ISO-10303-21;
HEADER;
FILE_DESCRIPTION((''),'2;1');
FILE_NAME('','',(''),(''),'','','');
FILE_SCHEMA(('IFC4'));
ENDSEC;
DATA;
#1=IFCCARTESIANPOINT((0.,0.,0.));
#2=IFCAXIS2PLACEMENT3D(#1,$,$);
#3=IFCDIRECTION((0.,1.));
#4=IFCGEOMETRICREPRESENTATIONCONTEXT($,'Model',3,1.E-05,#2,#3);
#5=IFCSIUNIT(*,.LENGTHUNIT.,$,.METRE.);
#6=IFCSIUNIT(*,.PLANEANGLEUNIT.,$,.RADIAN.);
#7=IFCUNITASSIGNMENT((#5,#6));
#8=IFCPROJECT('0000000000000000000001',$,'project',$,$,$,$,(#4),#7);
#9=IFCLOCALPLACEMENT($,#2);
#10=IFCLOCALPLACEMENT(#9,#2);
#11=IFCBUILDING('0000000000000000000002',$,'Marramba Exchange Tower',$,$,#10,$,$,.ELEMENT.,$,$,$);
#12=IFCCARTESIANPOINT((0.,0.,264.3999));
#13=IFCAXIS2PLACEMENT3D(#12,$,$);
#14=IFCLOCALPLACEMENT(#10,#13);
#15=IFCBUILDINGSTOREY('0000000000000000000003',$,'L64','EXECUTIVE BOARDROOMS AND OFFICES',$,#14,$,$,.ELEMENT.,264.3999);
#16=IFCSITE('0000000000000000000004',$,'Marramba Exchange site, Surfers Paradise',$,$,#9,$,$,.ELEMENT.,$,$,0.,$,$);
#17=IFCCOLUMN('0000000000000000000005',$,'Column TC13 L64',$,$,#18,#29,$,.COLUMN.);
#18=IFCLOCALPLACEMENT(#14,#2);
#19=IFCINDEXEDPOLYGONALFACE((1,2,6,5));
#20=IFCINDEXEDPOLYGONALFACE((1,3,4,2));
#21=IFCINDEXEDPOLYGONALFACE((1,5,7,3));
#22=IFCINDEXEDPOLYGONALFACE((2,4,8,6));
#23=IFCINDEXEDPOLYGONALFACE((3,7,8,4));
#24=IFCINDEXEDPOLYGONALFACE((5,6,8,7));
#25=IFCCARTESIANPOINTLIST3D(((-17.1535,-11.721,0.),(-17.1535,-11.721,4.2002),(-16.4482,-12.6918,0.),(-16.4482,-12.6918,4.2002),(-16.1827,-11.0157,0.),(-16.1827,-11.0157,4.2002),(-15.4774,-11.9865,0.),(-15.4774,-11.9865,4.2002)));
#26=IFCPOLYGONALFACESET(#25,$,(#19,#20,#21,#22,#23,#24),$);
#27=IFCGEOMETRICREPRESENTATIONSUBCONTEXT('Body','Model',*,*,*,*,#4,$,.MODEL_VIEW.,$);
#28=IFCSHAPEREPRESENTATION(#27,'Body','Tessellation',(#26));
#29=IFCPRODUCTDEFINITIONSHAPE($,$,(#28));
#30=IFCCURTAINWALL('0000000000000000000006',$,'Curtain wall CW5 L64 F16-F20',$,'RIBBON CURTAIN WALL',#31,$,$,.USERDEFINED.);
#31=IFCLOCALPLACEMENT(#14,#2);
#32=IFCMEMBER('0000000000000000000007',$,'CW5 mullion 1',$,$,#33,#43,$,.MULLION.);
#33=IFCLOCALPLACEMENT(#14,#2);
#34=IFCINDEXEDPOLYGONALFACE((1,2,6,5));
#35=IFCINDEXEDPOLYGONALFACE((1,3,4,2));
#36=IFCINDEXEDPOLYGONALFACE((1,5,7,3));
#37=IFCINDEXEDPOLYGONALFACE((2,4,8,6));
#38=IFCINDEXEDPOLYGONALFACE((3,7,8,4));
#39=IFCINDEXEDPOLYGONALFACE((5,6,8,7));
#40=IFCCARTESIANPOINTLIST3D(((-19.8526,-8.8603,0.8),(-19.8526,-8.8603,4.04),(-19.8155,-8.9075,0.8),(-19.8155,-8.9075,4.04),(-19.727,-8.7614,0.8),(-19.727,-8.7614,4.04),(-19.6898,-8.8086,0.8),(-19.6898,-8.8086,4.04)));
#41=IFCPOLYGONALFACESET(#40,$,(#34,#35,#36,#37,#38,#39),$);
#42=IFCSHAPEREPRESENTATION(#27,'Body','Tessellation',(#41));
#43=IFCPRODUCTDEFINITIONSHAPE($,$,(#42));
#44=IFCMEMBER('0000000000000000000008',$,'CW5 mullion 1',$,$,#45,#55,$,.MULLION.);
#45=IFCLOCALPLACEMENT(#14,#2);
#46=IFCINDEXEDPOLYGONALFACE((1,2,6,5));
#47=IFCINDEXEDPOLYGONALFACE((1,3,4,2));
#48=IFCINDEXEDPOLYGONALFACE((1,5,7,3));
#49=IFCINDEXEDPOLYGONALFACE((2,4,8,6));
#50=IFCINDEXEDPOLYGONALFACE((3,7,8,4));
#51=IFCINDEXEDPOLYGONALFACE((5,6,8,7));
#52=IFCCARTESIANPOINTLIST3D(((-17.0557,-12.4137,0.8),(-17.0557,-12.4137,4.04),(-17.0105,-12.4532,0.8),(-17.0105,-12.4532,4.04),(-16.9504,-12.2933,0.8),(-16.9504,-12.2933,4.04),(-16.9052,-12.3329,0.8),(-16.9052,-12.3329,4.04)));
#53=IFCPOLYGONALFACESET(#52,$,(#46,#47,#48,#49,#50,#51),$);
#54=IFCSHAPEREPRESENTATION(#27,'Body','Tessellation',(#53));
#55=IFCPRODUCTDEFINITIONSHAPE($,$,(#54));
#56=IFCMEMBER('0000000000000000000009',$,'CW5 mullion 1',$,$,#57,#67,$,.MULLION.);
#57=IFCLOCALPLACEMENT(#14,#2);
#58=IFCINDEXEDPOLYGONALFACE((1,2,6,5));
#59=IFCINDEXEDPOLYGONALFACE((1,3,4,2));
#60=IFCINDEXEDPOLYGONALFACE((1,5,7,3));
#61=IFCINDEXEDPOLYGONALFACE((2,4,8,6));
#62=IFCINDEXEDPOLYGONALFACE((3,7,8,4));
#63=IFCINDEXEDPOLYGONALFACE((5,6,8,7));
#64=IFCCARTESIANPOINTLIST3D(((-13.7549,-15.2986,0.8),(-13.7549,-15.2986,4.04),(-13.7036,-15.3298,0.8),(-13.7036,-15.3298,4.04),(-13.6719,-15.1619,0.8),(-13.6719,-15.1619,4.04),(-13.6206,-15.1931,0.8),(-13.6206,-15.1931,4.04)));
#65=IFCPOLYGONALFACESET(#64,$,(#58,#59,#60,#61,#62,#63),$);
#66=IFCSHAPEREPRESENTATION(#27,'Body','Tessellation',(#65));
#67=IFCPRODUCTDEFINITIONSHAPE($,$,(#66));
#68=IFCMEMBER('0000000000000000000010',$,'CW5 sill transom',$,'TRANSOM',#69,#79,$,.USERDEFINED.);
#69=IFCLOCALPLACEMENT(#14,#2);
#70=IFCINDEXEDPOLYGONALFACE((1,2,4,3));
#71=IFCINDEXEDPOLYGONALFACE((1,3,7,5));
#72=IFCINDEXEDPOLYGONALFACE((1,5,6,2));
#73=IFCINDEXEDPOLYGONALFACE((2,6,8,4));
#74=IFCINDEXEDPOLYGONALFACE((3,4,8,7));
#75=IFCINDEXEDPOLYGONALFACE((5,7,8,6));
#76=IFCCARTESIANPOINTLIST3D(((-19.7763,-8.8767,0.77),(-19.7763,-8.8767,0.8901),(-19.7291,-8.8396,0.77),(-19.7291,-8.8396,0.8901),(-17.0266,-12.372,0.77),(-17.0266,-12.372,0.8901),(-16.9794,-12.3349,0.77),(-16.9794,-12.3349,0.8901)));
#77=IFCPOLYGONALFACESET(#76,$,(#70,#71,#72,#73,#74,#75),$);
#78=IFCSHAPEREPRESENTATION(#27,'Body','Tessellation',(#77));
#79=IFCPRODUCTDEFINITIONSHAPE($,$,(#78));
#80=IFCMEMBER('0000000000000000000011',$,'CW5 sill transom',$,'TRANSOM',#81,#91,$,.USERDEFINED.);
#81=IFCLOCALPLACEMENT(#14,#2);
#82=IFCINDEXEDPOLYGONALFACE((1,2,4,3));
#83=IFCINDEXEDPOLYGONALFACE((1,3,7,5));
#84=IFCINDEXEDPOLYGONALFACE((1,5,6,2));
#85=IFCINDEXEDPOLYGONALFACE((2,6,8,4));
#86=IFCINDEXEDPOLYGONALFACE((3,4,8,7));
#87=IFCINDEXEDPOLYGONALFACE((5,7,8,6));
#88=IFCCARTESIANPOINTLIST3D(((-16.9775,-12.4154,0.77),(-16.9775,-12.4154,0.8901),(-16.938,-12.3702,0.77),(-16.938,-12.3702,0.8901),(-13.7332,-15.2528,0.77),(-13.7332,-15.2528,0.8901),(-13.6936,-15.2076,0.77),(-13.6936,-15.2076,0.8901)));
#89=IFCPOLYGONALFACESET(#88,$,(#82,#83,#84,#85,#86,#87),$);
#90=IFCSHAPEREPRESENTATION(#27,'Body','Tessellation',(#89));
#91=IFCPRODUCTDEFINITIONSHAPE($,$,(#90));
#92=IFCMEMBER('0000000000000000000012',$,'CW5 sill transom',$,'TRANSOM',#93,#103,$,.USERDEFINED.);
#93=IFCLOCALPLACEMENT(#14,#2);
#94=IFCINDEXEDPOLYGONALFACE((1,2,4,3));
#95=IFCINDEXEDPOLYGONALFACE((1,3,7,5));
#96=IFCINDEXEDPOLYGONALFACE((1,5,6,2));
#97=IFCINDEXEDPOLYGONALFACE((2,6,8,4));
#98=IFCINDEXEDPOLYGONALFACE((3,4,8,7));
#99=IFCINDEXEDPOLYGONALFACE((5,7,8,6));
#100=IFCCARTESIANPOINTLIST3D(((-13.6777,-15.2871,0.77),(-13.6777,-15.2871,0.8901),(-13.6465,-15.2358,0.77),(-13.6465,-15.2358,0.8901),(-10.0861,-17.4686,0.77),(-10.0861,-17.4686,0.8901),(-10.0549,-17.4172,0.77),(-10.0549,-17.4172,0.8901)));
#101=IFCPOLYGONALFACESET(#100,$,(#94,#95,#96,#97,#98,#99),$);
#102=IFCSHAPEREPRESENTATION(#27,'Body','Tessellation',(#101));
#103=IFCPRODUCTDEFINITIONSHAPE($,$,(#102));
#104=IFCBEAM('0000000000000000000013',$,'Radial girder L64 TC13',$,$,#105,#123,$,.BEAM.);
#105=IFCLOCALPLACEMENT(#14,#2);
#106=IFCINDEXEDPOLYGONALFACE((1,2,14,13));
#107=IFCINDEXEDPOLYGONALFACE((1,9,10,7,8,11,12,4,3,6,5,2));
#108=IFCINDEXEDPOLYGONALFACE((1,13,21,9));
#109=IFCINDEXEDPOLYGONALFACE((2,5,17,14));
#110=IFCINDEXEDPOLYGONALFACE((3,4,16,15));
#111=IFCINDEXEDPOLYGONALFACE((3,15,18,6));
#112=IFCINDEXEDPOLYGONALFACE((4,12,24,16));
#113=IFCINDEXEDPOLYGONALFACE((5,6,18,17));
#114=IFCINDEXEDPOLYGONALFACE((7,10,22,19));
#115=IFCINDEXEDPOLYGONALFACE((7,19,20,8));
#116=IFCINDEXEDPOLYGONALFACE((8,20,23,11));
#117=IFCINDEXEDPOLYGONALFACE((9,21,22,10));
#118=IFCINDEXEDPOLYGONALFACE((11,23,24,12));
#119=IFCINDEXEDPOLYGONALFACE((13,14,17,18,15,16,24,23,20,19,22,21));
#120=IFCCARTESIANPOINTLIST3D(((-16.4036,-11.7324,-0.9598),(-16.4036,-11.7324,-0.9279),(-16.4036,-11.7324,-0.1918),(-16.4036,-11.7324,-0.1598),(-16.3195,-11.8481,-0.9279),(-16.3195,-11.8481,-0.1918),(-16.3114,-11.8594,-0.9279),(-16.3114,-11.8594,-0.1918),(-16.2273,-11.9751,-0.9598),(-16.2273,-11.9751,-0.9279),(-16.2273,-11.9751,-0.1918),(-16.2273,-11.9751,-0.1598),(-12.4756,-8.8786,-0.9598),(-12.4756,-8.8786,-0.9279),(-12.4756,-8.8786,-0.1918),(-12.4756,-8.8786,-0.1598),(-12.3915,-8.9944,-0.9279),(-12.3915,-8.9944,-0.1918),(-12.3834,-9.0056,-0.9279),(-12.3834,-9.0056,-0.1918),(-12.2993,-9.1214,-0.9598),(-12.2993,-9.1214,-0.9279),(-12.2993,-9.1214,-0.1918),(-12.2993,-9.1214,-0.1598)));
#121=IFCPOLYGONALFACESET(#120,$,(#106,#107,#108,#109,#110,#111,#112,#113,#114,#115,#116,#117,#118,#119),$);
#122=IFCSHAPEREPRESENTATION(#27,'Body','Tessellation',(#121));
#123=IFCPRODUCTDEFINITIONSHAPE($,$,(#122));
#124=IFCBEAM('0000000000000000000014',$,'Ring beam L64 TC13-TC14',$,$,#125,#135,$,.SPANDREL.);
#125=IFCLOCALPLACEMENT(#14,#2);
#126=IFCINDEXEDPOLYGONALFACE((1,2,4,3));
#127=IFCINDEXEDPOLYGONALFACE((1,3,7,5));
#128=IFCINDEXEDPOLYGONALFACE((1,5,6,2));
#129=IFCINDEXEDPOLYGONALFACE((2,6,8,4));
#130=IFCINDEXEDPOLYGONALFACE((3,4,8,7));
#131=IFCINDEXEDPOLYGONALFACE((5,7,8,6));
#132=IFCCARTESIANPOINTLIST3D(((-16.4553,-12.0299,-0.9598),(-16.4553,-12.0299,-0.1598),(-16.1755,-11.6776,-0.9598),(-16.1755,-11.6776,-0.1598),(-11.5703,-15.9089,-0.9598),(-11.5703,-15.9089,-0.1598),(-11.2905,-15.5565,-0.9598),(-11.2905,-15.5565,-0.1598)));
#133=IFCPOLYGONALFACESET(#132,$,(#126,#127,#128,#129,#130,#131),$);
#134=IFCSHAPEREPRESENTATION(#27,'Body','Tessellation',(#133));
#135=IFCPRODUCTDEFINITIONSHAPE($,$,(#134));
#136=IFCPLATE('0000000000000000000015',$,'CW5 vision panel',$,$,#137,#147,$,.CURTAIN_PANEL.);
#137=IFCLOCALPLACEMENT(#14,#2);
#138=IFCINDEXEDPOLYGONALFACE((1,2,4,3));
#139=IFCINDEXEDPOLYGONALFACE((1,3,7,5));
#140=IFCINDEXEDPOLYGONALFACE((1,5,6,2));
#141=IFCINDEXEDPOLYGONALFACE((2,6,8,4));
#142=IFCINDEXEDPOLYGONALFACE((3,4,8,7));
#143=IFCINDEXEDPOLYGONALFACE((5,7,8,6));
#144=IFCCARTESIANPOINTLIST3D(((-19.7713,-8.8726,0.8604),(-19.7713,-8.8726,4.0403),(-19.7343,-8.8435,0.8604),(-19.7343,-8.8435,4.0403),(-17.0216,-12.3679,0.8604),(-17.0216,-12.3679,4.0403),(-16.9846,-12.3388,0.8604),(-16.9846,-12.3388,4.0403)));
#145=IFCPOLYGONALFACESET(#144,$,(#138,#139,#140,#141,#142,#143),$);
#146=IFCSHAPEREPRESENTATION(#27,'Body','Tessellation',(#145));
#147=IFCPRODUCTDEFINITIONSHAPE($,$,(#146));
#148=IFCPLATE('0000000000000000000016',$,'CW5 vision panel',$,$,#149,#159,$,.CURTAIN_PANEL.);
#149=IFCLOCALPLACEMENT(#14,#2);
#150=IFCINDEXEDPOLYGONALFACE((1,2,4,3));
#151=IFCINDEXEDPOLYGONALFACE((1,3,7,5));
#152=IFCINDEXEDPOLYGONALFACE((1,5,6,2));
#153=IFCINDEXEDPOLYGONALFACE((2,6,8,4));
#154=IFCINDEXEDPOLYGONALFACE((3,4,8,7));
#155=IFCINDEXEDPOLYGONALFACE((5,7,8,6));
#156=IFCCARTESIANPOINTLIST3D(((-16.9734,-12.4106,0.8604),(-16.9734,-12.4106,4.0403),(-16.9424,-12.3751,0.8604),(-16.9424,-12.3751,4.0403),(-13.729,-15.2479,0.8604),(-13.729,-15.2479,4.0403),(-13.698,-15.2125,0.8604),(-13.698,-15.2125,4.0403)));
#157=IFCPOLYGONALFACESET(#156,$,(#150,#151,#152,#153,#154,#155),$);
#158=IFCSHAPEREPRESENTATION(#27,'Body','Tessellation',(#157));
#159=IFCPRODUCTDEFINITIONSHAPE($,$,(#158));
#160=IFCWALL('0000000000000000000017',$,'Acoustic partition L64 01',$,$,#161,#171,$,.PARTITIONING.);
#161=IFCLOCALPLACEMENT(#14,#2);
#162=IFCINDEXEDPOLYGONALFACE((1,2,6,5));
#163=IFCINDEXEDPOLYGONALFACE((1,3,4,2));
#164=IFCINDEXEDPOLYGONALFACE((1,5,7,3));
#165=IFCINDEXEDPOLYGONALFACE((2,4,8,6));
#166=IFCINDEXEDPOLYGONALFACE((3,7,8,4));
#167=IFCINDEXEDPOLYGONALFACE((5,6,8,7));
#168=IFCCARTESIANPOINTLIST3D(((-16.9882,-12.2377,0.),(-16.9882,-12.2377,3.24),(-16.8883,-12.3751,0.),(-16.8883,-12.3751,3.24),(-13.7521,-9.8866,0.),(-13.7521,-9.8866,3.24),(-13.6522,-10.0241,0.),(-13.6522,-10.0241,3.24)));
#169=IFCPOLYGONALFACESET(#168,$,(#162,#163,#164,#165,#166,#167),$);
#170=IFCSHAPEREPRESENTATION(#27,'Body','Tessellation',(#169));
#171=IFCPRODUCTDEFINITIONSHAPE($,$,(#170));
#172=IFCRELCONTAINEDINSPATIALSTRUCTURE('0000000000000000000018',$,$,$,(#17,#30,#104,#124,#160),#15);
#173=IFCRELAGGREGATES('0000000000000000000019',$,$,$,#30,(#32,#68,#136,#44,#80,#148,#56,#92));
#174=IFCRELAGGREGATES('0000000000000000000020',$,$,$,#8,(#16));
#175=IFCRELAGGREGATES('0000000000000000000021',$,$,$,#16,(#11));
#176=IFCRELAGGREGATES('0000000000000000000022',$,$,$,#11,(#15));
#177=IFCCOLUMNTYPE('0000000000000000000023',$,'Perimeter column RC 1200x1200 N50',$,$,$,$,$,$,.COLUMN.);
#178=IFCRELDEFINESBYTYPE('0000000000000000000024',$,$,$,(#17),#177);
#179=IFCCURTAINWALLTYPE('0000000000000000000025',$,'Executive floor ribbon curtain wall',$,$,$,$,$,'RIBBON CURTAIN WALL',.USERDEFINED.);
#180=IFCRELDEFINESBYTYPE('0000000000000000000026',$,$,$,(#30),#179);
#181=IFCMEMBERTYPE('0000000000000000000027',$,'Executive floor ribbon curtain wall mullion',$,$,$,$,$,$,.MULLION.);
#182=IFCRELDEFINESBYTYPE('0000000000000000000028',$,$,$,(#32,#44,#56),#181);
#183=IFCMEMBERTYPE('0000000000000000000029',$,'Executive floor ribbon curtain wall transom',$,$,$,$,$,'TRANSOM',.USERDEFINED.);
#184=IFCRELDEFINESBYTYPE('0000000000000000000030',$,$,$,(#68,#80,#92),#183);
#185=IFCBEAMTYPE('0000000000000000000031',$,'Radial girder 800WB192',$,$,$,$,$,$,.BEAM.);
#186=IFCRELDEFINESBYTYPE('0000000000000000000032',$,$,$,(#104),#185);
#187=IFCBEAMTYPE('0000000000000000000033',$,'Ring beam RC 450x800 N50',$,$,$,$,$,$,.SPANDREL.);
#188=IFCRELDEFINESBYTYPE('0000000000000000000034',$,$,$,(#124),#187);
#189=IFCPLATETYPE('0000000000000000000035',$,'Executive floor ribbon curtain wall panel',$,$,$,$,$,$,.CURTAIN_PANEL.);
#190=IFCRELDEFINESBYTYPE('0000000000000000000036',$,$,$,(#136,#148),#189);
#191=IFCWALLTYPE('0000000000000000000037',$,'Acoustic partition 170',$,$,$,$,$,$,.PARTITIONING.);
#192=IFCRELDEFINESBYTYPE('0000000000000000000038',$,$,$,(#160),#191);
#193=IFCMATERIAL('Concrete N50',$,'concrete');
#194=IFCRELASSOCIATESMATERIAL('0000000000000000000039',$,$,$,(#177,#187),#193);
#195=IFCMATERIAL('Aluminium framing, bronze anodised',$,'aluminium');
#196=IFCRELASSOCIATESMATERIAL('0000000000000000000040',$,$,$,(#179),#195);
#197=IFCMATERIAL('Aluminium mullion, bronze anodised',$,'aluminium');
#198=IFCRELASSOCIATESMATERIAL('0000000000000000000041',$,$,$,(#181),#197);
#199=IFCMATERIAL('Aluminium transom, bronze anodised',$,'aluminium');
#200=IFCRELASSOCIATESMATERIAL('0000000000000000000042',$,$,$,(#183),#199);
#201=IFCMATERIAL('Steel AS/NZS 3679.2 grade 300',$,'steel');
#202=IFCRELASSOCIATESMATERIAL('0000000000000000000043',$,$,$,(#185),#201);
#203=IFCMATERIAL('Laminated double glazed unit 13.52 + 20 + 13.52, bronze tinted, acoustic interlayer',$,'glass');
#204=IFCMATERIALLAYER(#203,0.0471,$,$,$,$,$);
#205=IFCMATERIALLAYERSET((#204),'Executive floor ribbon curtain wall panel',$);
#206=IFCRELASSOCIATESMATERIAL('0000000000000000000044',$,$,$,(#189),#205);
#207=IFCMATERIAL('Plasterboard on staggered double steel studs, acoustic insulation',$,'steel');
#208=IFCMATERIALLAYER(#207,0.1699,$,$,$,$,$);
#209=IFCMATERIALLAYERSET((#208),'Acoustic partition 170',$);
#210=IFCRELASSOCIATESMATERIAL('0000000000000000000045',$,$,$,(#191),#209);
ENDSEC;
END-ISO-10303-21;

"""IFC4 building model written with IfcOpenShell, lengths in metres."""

from ifc_helpers import new_model, si_unit, direction, frame, frame_2d, origin, origin_2d, place, context, subcontext, project, spatial, rectangle, i_section, extrude, material, layer, layer_set, material_profile, profile_set, type_object, element, aggregate, save


model = new_model("IFC4")

# Units and contexts
model_context = context("Model", 3, precision=1e-05, world=origin(), true_north=direction((0.0, 1.0)))
body_context = subcontext(model_context, "Body", "Model", "MODEL_VIEW")
ifc_project = project(units=[si_unit("LENGTHUNIT", "METRE"), si_unit("PLANEANGLEUNIT", "RADIAN")], contexts=[model_context])

# Site, building, storey
site_placement = place(None, origin())
site = spatial("IfcSite", under=ifc_project, at=site_placement, Name="Marramba Exchange site, Surfers Paradise", CompositionType="ELEMENT", RefElevation=0.0)
building_placement = place(site_placement, origin())
building = spatial("IfcBuilding", under=site, at=building_placement, Name="Marramba Exchange Tower", CompositionType="ELEMENT")
storey_placement = place(building_placement, frame((0.0, 0.0, 264.3999)))
storey = spatial("IfcBuildingStorey", under=building, at=storey_placement, Name="L64", Description="EXECUTIVE BOARDROOMS AND OFFICES", CompositionType="ELEMENT", Elevation=264.3999)

# Column
ifc_material_1 = material(Name="Concrete N50", Category="concrete")
ifc_material_profile_1 = material_profile(ifc_material_1, rectangle(XDim=1.2, YDim=1.2, at=origin_2d()), Name="RC 1200x1200")
ifc_profile_set_1 = profile_set([ifc_material_profile_1], Name="Concrete N50")
column_type = type_object("IfcColumnType", Name="Perimeter column RC 1200x1200 N50", PredefinedType="COLUMN", material=ifc_profile_set_1)
column_placement = place(storey_placement, frame((-16.3154, -11.8538, 0.0), z_axis=(0.0, 0.0, 1.0), x_axis=(-0.809017, -0.587785, 0.0)))
element("IfcColumn", 1, at=column_placement, inside=storey, type_object=column_type, Name="Column TC13 L64", PredefinedType="COLUMN", context=body_context, shape_type="SweptSolid", body=[
    extrude(rectangle(XDim=1.2, YDim=1.2, at=origin_2d()), origin(), (0.0, 0.0, 1.0), 4.2002),
])

# Curtain wall, members
ifc_material_2 = material(Name="Aluminium framing, bronze anodised", Category="aluminium")
curtain_wall_type = type_object("IfcCurtainWallType", Name="Executive floor ribbon curtain wall", ElementType="RIBBON CURTAIN WALL", PredefinedType="USERDEFINED", material=ifc_material_2)
curtain_wall_placement = place(storey_placement, origin())
curtain_wall = element("IfcCurtainWall", 2, at=curtain_wall_placement, inside=storey, type_object=curtain_wall_type, Name="Curtain wall CW5 L64 F16-F20", ObjectType="RIBBON CURTAIN WALL", PredefinedType="USERDEFINED")
ifc_material_3 = material(Name="Aluminium mullion, bronze anodised", Category="aluminium")
ifc_material_profile_2 = material_profile(ifc_material_3, rectangle(XDim=0.1599, YDim=0.0601, at=origin_2d()), Name="CW5 mullion 60x160")
ifc_profile_set_2 = profile_set([ifc_material_profile_2], Name="Aluminium mullion, bronze anodised")
member_type_1 = type_object("IfcMemberType", Name="Executive floor ribbon curtain wall mullion", PredefinedType="MULLION", material=ifc_profile_set_2)
member_1_placement = place(storey_placement, frame((-19.7712, -8.8345, 0.8), z_axis=(0.0, 0.0, 1.0), x_axis=(0.78595, 0.618291, 0.0)))
member_1 = element("IfcMember", 3, at=member_1_placement, type_object=member_type_1, Name="CW5 mullion 1", PredefinedType="MULLION", context=body_context, shape_type="SweptSolid", body=[
    extrude(rectangle(XDim=0.1599, YDim=0.0601, at=origin_2d()), origin(), (0.0, 0.0, 1.0), 3.24),
])
member_2_placement = place(storey_placement, frame((-16.9805, -12.3733, 0.8), z_axis=(0.0, 0.0, 1.0), x_axis=(0.658305, 0.752751, 0.0)))
member_2 = element("IfcMember", 4, at=member_2_placement, type_object=member_type_1, Name="CW5 mullion 1", PredefinedType="MULLION", context=body_context, shape_type="SweptSolid", body=[
    extrude(rectangle(XDim=0.1599, YDim=0.0601, at=origin_2d()), origin(), (0.0, 0.0, 1.0), 3.24),
])
member_3_placement = place(storey_placement, frame((-13.6877, -15.2458, 0.8), z_axis=(0.0, 0.0, 1.0), x_axis=(0.519115, 0.854704, 0.0)))
member_3 = element("IfcMember", 5, at=member_3_placement, type_object=member_type_1, Name="CW5 mullion 1", PredefinedType="MULLION", context=body_context, shape_type="SweptSolid", body=[
    extrude(rectangle(XDim=0.1599, YDim=0.0601, at=origin_2d()), origin(), (0.0, 0.0, 1.0), 3.24),
])
ifc_material_4 = material(Name="Aluminium transom, bronze anodised", Category="aluminium")
ifc_material_profile_3 = material_profile(ifc_material_4, rectangle(XDim=0.0601, YDim=0.1201, at=origin_2d()), Name="CW5 transom 60x120")
ifc_profile_set_3 = profile_set([ifc_material_profile_3], Name="Aluminium transom, bronze anodised")
member_type_2 = type_object("IfcMemberType", Name="Executive floor ribbon curtain wall transom", ElementType="TRANSOM", PredefinedType="USERDEFINED", material=ifc_profile_set_3)
member_4_placement = place(storey_placement, frame((-19.7527, -8.8582, 0.8301), z_axis=(0.618294, -0.785947, 0.0), x_axis=(0.785947, 0.618294, 0.0)))
member_4 = element("IfcMember", 6, at=member_4_placement, type_object=member_type_2, Name="CW5 sill transom", ObjectType="TRANSOM", PredefinedType="USERDEFINED", context=body_context, shape_type="SweptSolid", body=[
    extrude(rectangle(XDim=0.0601, YDim=0.1201, at=origin_2d()), origin(), (0.0, 0.0, 1.0), 4.4473),
])
member_5_placement = place(storey_placement, frame((-16.9578, -12.3928, 0.8301), z_axis=(0.752742, -0.658316, 0.0), x_axis=(0.658316, 0.752742, 0.0)))
member_5 = element("IfcMember", 7, at=member_5_placement, type_object=member_type_2, Name="CW5 sill transom", ObjectType="TRANSOM", PredefinedType="USERDEFINED", context=body_context, shape_type="SweptSolid", body=[
    extrude(rectangle(XDim=0.0601, YDim=0.1201, at=origin_2d()), origin(), (0.0, 0.0, 1.0), 4.3101),
])
member_6_placement = place(storey_placement, frame((-13.6621, -15.2615, 0.8301), z_axis=(0.854702, -0.519119, 0.0), x_axis=(0.519119, 0.854702, 0.0)))
member_6 = element("IfcMember", 8, at=member_6_placement, type_object=member_type_2, Name="CW5 sill transom", ObjectType="TRANSOM", PredefinedType="USERDEFINED", context=body_context, shape_type="SweptSolid", body=[
    extrude(rectangle(XDim=0.0601, YDim=0.1201, at=origin_2d()), origin(), (0.0, 0.0, 1.0), 4.2021),
])

# Beams
ifc_material_5 = material(Name="Steel AS/NZS 3679.2 grade 300", Category="steel")
ifc_material_profile_4 = material_profile(ifc_material_5, i_section(OverallWidth=0.3, OverallDepth=0.8, WebThickness=0.0139, FlangeThickness=0.032, at=origin_2d()), Name="800WB192")
ifc_profile_set_4 = profile_set([ifc_material_profile_4], Name="Steel AS/NZS 3679.2 grade 300")
beam_type_1 = type_object("IfcBeamType", Name="Radial girder 800WB192", PredefinedType="BEAM", material=ifc_profile_set_4)
beam_1_placement = place(storey_placement, frame((-12.3875, -9.0, -0.5598), z_axis=(-0.809025, -0.587774, 0.0), x_axis=(0.587774, -0.809025, 0.0)))
element("IfcBeam", 9, at=beam_1_placement, inside=storey, type_object=beam_type_1, Name="Radial girder L64 TC13", PredefinedType="BEAM", context=body_context, shape_type="SweptSolid", body=[
    extrude(i_section(OverallWidth=0.3, OverallDepth=0.8, WebThickness=0.0139, FlangeThickness=0.032, at=origin_2d()), origin(), (0.0, 0.0, 1.0), 4.8552),
])
ifc_material_profile_5 = material_profile(ifc_material_1, rectangle(XDim=0.45, YDim=0.8, at=origin_2d()), Name="RC 450x800")
ifc_profile_set_5 = profile_set([ifc_material_profile_5], Name="Concrete N50")
beam_type_2 = type_object("IfcBeamType", Name="Ring beam RC 450x800 N50", PredefinedType="SPANDREL", material=ifc_profile_set_5)
beam_2_placement = place(storey_placement, frame((-16.3154, -11.8538, -0.5598), z_axis=(0.783139, -0.621846, 0.0), x_axis=(0.621846, 0.783139, 0.0)))
element("IfcBeam", 10, at=beam_2_placement, inside=storey, type_object=beam_type_2, Name="Ring beam L64 TC13-TC14", PredefinedType="SPANDREL", context=body_context, shape_type="SweptSolid", body=[
    extrude(rectangle(XDim=0.45, YDim=0.8, at=origin_2d()), origin(), (0.0, 0.0, 1.0), 6.2378),
])

# Plates
ifc_material_6 = material(Name="Laminated double glazed unit 13.52 + 20 + 13.52, bronze tinted, acoustic interlayer", Category="glass")
ifc_layer_1 = layer(ifc_material_6, 0.0471)
ifc_layer_set_1 = layer_set([ifc_layer_1], Name="Executive floor ribbon curtain wall panel")
plate_type = type_object("IfcPlateType", Name="Executive floor ribbon curtain wall panel", PredefinedType="CURTAIN_PANEL", material=ifc_layer_set_1)
plate_1_placement = place(storey_placement, frame((-18.3779, -10.6057, 0.8604), z_axis=(0.0, 0.0, 1.0), x_axis=(0.618291, -0.78595, 0.0)))
plate_1 = element("IfcPlate", 11, at=plate_1_placement, type_object=plate_type, Name="CW5 vision panel", PredefinedType="CURTAIN_PANEL", context=body_context, shape_type="SweptSolid", body=[
    extrude(rectangle(XDim=4.4473, YDim=0.0471, at=origin_2d()), origin(), (0.0, 0.0, 1.0), 3.1799),
])
plate_2_placement = place(storey_placement, frame((-15.3357, -13.8115, 0.8604), z_axis=(0.0, 0.0, 1.0), x_axis=(0.752751, -0.658305, 0.0)))
plate_2 = element("IfcPlate", 12, at=plate_2_placement, type_object=plate_type, Name="CW5 vision panel", PredefinedType="CURTAIN_PANEL", context=body_context, shape_type="SweptSolid", body=[
    extrude(rectangle(XDim=4.3101, YDim=0.0471, at=origin_2d()), origin(), (0.0, 0.0, 1.0), 3.1799),
])
aggregate(curtain_wall, [member_1, member_4, plate_1, member_2, member_5, plate_2, member_3, member_6])

# Wall
ifc_material_7 = material(Name="Plasterboard on staggered double steel studs, acoustic insulation", Category="steel")
ifc_layer_2 = layer(ifc_material_7, 0.1699)
ifc_layer_set_2 = layer_set([ifc_layer_2], Name="Acoustic partition 170")
wall_type_1 = type_object("IfcWallType", Name="Acoustic partition 170", PredefinedType="PARTITIONING", material=ifc_layer_set_2)
wall_1_placement = place(storey_placement, frame((-13.7021, -9.9553, 0.0), z_axis=(0.0, 0.0, 1.0), x_axis=(-0.809026, -0.587772, 0.0)))
element("IfcWall", 13, at=wall_1_placement, inside=storey, type_object=wall_type_1, Name="Acoustic partition L64 01", PredefinedType="PARTITIONING", context=body_context, shape_type="SweptSolid", body=[
    extrude(rectangle(XDim=4.0, YDim=0.1699, at=frame_2d((2.0, 0.0))), origin(), (0.0, 0.0, 1.0), 3.24),
])

save(model, "model.ifc")
